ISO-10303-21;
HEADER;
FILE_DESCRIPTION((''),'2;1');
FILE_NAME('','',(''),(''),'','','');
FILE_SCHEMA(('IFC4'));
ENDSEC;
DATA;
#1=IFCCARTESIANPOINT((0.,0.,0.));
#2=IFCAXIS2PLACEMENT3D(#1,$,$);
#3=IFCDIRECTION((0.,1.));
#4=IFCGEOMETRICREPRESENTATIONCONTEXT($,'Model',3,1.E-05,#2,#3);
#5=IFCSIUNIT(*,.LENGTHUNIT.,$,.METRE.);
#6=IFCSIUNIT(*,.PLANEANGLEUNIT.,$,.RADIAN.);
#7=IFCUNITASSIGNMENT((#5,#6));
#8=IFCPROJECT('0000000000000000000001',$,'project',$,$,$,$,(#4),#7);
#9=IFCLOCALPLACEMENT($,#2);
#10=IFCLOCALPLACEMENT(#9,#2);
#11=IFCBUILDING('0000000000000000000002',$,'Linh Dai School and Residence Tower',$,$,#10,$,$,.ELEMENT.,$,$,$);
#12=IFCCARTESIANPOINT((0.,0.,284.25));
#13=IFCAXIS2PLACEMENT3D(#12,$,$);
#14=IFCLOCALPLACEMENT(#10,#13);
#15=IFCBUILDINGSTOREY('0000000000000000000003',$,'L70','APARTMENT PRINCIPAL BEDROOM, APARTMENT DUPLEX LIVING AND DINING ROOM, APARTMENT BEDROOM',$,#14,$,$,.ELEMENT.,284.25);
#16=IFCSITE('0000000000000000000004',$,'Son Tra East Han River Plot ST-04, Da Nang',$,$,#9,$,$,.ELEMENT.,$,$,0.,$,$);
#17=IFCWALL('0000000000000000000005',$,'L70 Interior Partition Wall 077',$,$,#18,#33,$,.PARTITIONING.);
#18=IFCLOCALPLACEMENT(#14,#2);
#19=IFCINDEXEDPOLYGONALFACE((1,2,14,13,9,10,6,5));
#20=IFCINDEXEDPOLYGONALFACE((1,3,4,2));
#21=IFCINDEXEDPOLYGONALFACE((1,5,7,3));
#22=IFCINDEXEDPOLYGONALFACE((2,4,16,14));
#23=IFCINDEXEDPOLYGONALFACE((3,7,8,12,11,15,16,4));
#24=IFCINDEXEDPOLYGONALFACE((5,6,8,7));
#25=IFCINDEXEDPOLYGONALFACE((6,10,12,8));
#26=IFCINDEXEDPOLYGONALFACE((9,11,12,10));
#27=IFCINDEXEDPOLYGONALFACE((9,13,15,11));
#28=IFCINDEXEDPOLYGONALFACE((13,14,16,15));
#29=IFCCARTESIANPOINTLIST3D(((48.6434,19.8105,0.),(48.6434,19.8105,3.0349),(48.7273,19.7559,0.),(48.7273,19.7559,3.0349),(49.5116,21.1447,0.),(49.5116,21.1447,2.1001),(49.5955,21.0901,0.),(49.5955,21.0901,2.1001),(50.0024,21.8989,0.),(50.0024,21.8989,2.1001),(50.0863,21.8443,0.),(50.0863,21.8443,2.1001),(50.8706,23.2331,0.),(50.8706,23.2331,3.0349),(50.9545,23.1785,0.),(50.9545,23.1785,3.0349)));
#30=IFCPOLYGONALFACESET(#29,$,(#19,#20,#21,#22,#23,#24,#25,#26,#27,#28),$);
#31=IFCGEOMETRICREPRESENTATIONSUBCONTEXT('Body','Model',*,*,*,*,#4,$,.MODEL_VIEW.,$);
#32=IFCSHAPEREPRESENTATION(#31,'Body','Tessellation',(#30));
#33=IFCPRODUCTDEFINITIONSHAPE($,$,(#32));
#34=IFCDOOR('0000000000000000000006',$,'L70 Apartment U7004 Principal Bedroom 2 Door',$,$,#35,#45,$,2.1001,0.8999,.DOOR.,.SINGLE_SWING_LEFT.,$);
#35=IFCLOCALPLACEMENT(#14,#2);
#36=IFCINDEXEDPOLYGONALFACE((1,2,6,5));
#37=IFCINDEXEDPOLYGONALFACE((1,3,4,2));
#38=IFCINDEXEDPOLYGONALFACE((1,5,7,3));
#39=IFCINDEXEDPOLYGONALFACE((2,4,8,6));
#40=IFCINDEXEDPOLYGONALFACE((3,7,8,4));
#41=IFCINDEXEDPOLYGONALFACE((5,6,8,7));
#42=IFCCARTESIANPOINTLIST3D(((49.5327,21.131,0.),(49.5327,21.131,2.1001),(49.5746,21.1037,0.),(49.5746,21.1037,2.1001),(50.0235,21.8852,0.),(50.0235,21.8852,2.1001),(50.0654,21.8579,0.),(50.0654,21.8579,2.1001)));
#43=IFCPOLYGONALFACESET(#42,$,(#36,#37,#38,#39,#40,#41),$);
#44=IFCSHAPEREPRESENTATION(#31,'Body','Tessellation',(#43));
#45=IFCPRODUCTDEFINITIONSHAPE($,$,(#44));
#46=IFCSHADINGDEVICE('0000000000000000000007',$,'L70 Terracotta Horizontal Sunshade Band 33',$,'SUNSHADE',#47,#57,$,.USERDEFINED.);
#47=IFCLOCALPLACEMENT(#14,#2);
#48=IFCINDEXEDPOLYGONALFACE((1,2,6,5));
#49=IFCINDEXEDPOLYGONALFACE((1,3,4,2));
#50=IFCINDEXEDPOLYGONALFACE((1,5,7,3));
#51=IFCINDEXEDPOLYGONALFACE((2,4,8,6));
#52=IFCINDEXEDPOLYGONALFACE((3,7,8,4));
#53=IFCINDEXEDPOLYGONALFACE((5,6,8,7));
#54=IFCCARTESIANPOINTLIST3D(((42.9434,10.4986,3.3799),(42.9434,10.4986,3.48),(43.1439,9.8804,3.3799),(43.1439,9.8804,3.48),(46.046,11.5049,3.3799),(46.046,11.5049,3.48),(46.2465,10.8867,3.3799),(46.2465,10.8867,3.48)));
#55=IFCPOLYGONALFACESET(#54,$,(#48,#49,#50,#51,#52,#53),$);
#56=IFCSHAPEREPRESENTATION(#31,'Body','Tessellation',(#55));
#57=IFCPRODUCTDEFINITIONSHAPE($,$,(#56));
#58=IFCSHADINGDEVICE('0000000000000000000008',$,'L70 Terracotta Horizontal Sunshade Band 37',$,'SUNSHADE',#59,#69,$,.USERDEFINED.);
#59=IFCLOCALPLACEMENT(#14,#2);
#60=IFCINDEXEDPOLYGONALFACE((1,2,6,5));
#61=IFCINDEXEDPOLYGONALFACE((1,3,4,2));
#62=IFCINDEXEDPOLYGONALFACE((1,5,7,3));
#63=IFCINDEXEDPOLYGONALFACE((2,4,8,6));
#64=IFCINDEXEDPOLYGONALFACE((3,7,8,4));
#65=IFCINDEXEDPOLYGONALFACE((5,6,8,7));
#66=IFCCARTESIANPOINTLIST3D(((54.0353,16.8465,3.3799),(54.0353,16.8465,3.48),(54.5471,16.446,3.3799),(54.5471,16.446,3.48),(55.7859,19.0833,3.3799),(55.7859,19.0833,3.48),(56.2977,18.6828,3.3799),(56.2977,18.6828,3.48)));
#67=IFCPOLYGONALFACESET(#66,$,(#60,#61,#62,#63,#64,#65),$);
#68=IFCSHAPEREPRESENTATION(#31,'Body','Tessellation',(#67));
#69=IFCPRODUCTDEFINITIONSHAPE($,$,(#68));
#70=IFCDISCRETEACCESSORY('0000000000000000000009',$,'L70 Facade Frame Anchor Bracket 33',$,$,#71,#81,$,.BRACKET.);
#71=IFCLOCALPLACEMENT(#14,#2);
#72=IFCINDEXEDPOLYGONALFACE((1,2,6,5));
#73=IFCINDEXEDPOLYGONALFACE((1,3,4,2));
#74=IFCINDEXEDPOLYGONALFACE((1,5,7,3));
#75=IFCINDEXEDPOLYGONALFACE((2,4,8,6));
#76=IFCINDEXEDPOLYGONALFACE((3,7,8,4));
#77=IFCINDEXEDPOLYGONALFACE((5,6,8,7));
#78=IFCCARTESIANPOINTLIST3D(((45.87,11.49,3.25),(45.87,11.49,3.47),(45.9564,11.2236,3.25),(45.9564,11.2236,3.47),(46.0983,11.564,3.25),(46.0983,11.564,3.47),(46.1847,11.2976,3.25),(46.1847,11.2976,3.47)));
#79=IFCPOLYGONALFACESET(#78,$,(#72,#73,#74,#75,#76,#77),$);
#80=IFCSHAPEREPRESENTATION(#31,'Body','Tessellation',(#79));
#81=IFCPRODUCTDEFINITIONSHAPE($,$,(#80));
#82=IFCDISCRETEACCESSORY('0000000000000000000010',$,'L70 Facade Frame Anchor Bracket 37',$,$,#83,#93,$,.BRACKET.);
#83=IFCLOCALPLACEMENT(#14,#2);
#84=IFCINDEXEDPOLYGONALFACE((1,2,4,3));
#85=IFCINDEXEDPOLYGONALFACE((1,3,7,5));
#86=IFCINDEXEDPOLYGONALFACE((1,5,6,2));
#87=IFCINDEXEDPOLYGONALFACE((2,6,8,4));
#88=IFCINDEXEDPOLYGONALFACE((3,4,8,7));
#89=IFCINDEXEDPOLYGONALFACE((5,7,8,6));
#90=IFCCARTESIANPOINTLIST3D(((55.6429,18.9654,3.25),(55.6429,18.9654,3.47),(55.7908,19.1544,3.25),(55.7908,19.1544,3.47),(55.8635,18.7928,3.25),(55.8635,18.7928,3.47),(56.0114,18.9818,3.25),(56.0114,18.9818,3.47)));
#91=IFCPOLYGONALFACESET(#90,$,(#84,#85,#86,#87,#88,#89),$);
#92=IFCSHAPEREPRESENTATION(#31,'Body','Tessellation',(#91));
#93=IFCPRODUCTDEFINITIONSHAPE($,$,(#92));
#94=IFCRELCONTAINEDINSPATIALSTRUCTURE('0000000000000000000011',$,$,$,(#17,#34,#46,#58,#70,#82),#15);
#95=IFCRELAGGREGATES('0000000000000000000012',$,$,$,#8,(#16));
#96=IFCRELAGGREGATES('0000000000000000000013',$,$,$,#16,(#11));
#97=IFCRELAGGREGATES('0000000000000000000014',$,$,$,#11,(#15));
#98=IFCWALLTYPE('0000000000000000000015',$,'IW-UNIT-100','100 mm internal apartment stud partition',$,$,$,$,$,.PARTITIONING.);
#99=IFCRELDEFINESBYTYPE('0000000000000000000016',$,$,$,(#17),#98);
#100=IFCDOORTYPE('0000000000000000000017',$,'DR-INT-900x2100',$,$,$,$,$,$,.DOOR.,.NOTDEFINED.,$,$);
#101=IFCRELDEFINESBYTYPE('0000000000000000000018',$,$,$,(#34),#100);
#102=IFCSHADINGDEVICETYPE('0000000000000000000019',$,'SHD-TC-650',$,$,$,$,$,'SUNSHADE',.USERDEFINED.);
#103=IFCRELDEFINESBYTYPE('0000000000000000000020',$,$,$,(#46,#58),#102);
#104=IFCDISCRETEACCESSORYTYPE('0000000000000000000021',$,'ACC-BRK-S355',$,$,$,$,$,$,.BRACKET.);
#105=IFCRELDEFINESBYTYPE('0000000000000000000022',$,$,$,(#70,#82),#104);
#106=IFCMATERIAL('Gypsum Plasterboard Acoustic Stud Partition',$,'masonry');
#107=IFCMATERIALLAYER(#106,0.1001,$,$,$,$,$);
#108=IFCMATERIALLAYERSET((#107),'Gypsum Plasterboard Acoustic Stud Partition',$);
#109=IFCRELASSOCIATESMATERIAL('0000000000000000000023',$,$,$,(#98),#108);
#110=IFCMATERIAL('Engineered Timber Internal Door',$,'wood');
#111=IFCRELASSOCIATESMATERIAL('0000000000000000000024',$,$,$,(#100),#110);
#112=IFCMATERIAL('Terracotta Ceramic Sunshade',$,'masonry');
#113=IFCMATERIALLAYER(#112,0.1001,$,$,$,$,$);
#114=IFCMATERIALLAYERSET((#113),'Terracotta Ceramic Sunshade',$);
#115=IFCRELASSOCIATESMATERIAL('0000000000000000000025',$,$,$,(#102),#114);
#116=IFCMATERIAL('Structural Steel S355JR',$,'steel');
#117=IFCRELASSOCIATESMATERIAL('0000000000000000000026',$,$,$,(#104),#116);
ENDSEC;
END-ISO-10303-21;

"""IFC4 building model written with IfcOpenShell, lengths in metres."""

from ifc_helpers import new_model, si_unit, direction, frame, frame_2d, origin, origin_2d, place, context, subcontext, project, spatial, rectangle, extrude, source, transform, mapped, material, layer, layer_set, type_object, element, fill, save


model = new_model("IFC4")

# Units and contexts
model_context = context("Model", 3, precision=1e-05, world=origin(), true_north=direction((0.0, 1.0)))
body_context = subcontext(model_context, "Body", "Model", "MODEL_VIEW")
ifc_project = project(units=[si_unit("LENGTHUNIT", "METRE"), si_unit("PLANEANGLEUNIT", "RADIAN")], contexts=[model_context])

# Site, building, storey
site_placement = place(None, origin())
site = spatial("IfcSite", under=ifc_project, at=site_placement, Name="Son Tra East Han River Plot ST-04, Da Nang", CompositionType="ELEMENT", RefElevation=0.0)
building_placement = place(site_placement, origin())
building = spatial("IfcBuilding", under=site, at=building_placement, Name="Linh Dai School and Residence Tower", CompositionType="ELEMENT")
storey_placement = place(building_placement, frame((0.0, 0.0, 284.25)))
storey = spatial("IfcBuildingStorey", under=building, at=storey_placement, Name="L70", Description="APARTMENT PRINCIPAL BEDROOM, APARTMENT DUPLEX LIVING AND DINING ROOM, APARTMENT BEDROOM", CompositionType="ELEMENT", Elevation=284.25)

# Shared definitions
ifc_material_1 = material(Name="Structural Steel S355JR", Category="steel")

# Shared definitions
ifc_material_2 = material(Name="Gypsum Plasterboard Acoustic Stud Partition", Category="masonry")
ifc_layer_1 = layer(ifc_material_2, 0.1001)
ifc_layer_set_1 = layer_set([ifc_layer_1], Name="Gypsum Plasterboard Acoustic Stud Partition")
wall_type_1 = type_object("IfcWallType", Name="IW-UNIT-100", Description="100 mm internal apartment stud partition", PredefinedType="PARTITIONING", material=ifc_layer_set_1)

# Wall, opening, door
ifc_material_3 = material(Name="Engineered Timber Internal Door", Category="wood")
door_type_1 = type_object("IfcDoorType", Name="DR-INT-900x2100", OperationType="NOTDEFINED", PredefinedType="DOOR", material=ifc_material_3)
shared_shape_1 = source(origin(), body_context, "Body", "SweptSolid", [
    extrude(rectangle(XDim=0.8999, YDim=2.1001, at=origin_2d()), frame((0.45, 0.0249, 1.05), z_axis=(0.0, -1.0, 0.0), x_axis=(1.0, 0.0, 0.0)), (0.0, 0.0, 1.0), 0.05),
])
wall_1_placement = place(storey_placement, frame((48.6853, 19.7832, 0.0), z_axis=(0.0, 0.0, 1.0), x_axis=(0.545436, 0.838153, 0.0)))
wall_1 = element("IfcWall", 1, at=wall_1_placement, inside=storey, type_object=wall_type_1, Name="L70 Interior Partition Wall 077", PredefinedType="PARTITIONING", context=body_context, shape_type="SweptSolid", body=[
    extrude(rectangle(XDim=4.0835, YDim=0.1001, at=frame_2d((2.0417, 0.0))), origin(), (0.0, 0.0, 1.0), 3.0349),
])
opening_1_placement = place(wall_1_placement, frame((1.5918, 0.0, 0.0)))
opening_1 = element("IfcOpeningElement", 2, at=opening_1_placement, cuts=wall_1, PredefinedType="OPENING", context=body_context, shape_type="SweptSolid", body=[
    extrude(rectangle(XDim=0.8999, YDim=2.1001, at=origin_2d()), frame((0.45, 0.0601, 1.05), z_axis=(0.0, -1.0, 0.0), x_axis=(1.0, 0.0, 0.0)), (0.0, 0.0, 1.0), 0.1201),
])
door_1_placement = place(opening_1_placement, origin())
door_1 = element("IfcDoor", 3, at=door_1_placement, inside=storey, type_object=door_type_1, Name="L70 Apartment U7004 Principal Bedroom 2 Door", OperationType="SINGLE_SWING_LEFT", OverallHeight=2.1001, OverallWidth=0.8999, PredefinedType="DOOR", context=body_context, shape_type="MappedRepresentation", body=[
    mapped(shared_shape_1, transform((0.0, 0.0, 0.0), x_axis=(1.0, 0.0, 0.0), y_axis=(0.0, 1.0, 0.0), z_axis=(0.0, 0.0, 1.0), scale=1.0)),
])
fill(opening_1, door_1)

# Shading devices
ifc_material_4 = material(Name="Terracotta Ceramic Sunshade", Category="masonry")
ifc_layer_2 = layer(ifc_material_4, 0.1001)
ifc_layer_set_2 = layer_set([ifc_layer_2], Name="Terracotta Ceramic Sunshade")
shading_device_type = type_object("IfcShadingDeviceType", Name="SHD-TC-650", ElementType="SUNSHADE", PredefinedType="USERDEFINED", material=ifc_layer_set_2)
shared_shape_2 = source(origin(), body_context, "Body", "SweptSolid", [
    extrude(rectangle(XDim=3.2617, YDim=0.6499, at=origin_2d()), origin(), (0.0, 0.0, 1.0), 0.1001),
])
shading_device_1_placement = place(storey_placement, frame((44.595, 10.6926, 3.3799), z_axis=(0.0, 0.0, 1.0), x_axis=(-0.951218, -0.308519, 0.0)))
element("IfcShadingDevice", 4, at=shading_device_1_placement, inside=storey, type_object=shading_device_type, Name="L70 Terracotta Horizontal Sunshade Band 33", ObjectType="SUNSHADE", PredefinedType="USERDEFINED", context=body_context, shape_type="MappedRepresentation", body=[
    mapped(shared_shape_2, transform((0.0, 0.0, 0.0), x_axis=(1.0, 0.0, 0.0), y_axis=(0.0, 1.0, 0.0), z_axis=(0.0, 0.0, 1.0), scale=1.0)),
])
shared_shape_3 = source(origin(), body_context, "Body", "SweptSolid", [
    extrude(rectangle(XDim=2.8403, YDim=0.6499, at=origin_2d()), origin(), (0.0, 0.0, 1.0), 0.1001),
])
shading_device_2_placement = place(storey_placement, frame((55.1665, 17.7646, 3.3799), z_axis=(0.0, 0.0, 1.0), x_axis=(-0.616311, -0.787503, 0.0)))
element("IfcShadingDevice", 5, at=shading_device_2_placement, inside=storey, type_object=shading_device_type, Name="L70 Terracotta Horizontal Sunshade Band 37", ObjectType="SUNSHADE", PredefinedType="USERDEFINED", context=body_context, shape_type="MappedRepresentation", body=[
    mapped(shared_shape_3, transform((0.0, 0.0, 0.0), x_axis=(1.0, 0.0, 0.0), y_axis=(0.0, 1.0, 0.0), z_axis=(0.0, 0.0, 1.0), scale=1.0)),
])

# Discrete accessories
discrete_accessory_type = type_object("IfcDiscreteAccessoryType", Name="ACC-BRK-S355", PredefinedType="BRACKET", material=ifc_material_1)
shared_shape_4 = source(origin(), body_context, "Body", "SweptSolid", [
    extrude(rectangle(XDim=0.28, YDim=0.24, at=origin_2d()), origin(), (0.0, 0.0, 1.0), 0.22),
])
for number, where, z_axis, x_axis, name in (
    (6, (46.0273, 11.3938, 3.25), (0.0, 0.0, 1.0), (0.308519, -0.951218, 0.0), "L70 Facade Frame Anchor Bracket 33"),
    (7, (55.8271, 18.9736, 3.25), (0.0, 0.0, 1.0), (0.787503, -0.616311, 0.0), "L70 Facade Frame Anchor Bracket 37"),
):
    element("IfcDiscreteAccessory", number, at=place(storey_placement, frame(where, z_axis=z_axis, x_axis=x_axis)), inside=storey, type_object=discrete_accessory_type, Name=name, PredefinedType="BRACKET", context=body_context, shape_type="MappedRepresentation", body=[
        mapped(shared_shape_4, transform((0.0, 0.0, 0.0), x_axis=(1.0, 0.0, 0.0), y_axis=(0.0, 1.0, 0.0), z_axis=(0.0, 0.0, 1.0), scale=1.0)),
    ])

save(model, "model.ifc")
